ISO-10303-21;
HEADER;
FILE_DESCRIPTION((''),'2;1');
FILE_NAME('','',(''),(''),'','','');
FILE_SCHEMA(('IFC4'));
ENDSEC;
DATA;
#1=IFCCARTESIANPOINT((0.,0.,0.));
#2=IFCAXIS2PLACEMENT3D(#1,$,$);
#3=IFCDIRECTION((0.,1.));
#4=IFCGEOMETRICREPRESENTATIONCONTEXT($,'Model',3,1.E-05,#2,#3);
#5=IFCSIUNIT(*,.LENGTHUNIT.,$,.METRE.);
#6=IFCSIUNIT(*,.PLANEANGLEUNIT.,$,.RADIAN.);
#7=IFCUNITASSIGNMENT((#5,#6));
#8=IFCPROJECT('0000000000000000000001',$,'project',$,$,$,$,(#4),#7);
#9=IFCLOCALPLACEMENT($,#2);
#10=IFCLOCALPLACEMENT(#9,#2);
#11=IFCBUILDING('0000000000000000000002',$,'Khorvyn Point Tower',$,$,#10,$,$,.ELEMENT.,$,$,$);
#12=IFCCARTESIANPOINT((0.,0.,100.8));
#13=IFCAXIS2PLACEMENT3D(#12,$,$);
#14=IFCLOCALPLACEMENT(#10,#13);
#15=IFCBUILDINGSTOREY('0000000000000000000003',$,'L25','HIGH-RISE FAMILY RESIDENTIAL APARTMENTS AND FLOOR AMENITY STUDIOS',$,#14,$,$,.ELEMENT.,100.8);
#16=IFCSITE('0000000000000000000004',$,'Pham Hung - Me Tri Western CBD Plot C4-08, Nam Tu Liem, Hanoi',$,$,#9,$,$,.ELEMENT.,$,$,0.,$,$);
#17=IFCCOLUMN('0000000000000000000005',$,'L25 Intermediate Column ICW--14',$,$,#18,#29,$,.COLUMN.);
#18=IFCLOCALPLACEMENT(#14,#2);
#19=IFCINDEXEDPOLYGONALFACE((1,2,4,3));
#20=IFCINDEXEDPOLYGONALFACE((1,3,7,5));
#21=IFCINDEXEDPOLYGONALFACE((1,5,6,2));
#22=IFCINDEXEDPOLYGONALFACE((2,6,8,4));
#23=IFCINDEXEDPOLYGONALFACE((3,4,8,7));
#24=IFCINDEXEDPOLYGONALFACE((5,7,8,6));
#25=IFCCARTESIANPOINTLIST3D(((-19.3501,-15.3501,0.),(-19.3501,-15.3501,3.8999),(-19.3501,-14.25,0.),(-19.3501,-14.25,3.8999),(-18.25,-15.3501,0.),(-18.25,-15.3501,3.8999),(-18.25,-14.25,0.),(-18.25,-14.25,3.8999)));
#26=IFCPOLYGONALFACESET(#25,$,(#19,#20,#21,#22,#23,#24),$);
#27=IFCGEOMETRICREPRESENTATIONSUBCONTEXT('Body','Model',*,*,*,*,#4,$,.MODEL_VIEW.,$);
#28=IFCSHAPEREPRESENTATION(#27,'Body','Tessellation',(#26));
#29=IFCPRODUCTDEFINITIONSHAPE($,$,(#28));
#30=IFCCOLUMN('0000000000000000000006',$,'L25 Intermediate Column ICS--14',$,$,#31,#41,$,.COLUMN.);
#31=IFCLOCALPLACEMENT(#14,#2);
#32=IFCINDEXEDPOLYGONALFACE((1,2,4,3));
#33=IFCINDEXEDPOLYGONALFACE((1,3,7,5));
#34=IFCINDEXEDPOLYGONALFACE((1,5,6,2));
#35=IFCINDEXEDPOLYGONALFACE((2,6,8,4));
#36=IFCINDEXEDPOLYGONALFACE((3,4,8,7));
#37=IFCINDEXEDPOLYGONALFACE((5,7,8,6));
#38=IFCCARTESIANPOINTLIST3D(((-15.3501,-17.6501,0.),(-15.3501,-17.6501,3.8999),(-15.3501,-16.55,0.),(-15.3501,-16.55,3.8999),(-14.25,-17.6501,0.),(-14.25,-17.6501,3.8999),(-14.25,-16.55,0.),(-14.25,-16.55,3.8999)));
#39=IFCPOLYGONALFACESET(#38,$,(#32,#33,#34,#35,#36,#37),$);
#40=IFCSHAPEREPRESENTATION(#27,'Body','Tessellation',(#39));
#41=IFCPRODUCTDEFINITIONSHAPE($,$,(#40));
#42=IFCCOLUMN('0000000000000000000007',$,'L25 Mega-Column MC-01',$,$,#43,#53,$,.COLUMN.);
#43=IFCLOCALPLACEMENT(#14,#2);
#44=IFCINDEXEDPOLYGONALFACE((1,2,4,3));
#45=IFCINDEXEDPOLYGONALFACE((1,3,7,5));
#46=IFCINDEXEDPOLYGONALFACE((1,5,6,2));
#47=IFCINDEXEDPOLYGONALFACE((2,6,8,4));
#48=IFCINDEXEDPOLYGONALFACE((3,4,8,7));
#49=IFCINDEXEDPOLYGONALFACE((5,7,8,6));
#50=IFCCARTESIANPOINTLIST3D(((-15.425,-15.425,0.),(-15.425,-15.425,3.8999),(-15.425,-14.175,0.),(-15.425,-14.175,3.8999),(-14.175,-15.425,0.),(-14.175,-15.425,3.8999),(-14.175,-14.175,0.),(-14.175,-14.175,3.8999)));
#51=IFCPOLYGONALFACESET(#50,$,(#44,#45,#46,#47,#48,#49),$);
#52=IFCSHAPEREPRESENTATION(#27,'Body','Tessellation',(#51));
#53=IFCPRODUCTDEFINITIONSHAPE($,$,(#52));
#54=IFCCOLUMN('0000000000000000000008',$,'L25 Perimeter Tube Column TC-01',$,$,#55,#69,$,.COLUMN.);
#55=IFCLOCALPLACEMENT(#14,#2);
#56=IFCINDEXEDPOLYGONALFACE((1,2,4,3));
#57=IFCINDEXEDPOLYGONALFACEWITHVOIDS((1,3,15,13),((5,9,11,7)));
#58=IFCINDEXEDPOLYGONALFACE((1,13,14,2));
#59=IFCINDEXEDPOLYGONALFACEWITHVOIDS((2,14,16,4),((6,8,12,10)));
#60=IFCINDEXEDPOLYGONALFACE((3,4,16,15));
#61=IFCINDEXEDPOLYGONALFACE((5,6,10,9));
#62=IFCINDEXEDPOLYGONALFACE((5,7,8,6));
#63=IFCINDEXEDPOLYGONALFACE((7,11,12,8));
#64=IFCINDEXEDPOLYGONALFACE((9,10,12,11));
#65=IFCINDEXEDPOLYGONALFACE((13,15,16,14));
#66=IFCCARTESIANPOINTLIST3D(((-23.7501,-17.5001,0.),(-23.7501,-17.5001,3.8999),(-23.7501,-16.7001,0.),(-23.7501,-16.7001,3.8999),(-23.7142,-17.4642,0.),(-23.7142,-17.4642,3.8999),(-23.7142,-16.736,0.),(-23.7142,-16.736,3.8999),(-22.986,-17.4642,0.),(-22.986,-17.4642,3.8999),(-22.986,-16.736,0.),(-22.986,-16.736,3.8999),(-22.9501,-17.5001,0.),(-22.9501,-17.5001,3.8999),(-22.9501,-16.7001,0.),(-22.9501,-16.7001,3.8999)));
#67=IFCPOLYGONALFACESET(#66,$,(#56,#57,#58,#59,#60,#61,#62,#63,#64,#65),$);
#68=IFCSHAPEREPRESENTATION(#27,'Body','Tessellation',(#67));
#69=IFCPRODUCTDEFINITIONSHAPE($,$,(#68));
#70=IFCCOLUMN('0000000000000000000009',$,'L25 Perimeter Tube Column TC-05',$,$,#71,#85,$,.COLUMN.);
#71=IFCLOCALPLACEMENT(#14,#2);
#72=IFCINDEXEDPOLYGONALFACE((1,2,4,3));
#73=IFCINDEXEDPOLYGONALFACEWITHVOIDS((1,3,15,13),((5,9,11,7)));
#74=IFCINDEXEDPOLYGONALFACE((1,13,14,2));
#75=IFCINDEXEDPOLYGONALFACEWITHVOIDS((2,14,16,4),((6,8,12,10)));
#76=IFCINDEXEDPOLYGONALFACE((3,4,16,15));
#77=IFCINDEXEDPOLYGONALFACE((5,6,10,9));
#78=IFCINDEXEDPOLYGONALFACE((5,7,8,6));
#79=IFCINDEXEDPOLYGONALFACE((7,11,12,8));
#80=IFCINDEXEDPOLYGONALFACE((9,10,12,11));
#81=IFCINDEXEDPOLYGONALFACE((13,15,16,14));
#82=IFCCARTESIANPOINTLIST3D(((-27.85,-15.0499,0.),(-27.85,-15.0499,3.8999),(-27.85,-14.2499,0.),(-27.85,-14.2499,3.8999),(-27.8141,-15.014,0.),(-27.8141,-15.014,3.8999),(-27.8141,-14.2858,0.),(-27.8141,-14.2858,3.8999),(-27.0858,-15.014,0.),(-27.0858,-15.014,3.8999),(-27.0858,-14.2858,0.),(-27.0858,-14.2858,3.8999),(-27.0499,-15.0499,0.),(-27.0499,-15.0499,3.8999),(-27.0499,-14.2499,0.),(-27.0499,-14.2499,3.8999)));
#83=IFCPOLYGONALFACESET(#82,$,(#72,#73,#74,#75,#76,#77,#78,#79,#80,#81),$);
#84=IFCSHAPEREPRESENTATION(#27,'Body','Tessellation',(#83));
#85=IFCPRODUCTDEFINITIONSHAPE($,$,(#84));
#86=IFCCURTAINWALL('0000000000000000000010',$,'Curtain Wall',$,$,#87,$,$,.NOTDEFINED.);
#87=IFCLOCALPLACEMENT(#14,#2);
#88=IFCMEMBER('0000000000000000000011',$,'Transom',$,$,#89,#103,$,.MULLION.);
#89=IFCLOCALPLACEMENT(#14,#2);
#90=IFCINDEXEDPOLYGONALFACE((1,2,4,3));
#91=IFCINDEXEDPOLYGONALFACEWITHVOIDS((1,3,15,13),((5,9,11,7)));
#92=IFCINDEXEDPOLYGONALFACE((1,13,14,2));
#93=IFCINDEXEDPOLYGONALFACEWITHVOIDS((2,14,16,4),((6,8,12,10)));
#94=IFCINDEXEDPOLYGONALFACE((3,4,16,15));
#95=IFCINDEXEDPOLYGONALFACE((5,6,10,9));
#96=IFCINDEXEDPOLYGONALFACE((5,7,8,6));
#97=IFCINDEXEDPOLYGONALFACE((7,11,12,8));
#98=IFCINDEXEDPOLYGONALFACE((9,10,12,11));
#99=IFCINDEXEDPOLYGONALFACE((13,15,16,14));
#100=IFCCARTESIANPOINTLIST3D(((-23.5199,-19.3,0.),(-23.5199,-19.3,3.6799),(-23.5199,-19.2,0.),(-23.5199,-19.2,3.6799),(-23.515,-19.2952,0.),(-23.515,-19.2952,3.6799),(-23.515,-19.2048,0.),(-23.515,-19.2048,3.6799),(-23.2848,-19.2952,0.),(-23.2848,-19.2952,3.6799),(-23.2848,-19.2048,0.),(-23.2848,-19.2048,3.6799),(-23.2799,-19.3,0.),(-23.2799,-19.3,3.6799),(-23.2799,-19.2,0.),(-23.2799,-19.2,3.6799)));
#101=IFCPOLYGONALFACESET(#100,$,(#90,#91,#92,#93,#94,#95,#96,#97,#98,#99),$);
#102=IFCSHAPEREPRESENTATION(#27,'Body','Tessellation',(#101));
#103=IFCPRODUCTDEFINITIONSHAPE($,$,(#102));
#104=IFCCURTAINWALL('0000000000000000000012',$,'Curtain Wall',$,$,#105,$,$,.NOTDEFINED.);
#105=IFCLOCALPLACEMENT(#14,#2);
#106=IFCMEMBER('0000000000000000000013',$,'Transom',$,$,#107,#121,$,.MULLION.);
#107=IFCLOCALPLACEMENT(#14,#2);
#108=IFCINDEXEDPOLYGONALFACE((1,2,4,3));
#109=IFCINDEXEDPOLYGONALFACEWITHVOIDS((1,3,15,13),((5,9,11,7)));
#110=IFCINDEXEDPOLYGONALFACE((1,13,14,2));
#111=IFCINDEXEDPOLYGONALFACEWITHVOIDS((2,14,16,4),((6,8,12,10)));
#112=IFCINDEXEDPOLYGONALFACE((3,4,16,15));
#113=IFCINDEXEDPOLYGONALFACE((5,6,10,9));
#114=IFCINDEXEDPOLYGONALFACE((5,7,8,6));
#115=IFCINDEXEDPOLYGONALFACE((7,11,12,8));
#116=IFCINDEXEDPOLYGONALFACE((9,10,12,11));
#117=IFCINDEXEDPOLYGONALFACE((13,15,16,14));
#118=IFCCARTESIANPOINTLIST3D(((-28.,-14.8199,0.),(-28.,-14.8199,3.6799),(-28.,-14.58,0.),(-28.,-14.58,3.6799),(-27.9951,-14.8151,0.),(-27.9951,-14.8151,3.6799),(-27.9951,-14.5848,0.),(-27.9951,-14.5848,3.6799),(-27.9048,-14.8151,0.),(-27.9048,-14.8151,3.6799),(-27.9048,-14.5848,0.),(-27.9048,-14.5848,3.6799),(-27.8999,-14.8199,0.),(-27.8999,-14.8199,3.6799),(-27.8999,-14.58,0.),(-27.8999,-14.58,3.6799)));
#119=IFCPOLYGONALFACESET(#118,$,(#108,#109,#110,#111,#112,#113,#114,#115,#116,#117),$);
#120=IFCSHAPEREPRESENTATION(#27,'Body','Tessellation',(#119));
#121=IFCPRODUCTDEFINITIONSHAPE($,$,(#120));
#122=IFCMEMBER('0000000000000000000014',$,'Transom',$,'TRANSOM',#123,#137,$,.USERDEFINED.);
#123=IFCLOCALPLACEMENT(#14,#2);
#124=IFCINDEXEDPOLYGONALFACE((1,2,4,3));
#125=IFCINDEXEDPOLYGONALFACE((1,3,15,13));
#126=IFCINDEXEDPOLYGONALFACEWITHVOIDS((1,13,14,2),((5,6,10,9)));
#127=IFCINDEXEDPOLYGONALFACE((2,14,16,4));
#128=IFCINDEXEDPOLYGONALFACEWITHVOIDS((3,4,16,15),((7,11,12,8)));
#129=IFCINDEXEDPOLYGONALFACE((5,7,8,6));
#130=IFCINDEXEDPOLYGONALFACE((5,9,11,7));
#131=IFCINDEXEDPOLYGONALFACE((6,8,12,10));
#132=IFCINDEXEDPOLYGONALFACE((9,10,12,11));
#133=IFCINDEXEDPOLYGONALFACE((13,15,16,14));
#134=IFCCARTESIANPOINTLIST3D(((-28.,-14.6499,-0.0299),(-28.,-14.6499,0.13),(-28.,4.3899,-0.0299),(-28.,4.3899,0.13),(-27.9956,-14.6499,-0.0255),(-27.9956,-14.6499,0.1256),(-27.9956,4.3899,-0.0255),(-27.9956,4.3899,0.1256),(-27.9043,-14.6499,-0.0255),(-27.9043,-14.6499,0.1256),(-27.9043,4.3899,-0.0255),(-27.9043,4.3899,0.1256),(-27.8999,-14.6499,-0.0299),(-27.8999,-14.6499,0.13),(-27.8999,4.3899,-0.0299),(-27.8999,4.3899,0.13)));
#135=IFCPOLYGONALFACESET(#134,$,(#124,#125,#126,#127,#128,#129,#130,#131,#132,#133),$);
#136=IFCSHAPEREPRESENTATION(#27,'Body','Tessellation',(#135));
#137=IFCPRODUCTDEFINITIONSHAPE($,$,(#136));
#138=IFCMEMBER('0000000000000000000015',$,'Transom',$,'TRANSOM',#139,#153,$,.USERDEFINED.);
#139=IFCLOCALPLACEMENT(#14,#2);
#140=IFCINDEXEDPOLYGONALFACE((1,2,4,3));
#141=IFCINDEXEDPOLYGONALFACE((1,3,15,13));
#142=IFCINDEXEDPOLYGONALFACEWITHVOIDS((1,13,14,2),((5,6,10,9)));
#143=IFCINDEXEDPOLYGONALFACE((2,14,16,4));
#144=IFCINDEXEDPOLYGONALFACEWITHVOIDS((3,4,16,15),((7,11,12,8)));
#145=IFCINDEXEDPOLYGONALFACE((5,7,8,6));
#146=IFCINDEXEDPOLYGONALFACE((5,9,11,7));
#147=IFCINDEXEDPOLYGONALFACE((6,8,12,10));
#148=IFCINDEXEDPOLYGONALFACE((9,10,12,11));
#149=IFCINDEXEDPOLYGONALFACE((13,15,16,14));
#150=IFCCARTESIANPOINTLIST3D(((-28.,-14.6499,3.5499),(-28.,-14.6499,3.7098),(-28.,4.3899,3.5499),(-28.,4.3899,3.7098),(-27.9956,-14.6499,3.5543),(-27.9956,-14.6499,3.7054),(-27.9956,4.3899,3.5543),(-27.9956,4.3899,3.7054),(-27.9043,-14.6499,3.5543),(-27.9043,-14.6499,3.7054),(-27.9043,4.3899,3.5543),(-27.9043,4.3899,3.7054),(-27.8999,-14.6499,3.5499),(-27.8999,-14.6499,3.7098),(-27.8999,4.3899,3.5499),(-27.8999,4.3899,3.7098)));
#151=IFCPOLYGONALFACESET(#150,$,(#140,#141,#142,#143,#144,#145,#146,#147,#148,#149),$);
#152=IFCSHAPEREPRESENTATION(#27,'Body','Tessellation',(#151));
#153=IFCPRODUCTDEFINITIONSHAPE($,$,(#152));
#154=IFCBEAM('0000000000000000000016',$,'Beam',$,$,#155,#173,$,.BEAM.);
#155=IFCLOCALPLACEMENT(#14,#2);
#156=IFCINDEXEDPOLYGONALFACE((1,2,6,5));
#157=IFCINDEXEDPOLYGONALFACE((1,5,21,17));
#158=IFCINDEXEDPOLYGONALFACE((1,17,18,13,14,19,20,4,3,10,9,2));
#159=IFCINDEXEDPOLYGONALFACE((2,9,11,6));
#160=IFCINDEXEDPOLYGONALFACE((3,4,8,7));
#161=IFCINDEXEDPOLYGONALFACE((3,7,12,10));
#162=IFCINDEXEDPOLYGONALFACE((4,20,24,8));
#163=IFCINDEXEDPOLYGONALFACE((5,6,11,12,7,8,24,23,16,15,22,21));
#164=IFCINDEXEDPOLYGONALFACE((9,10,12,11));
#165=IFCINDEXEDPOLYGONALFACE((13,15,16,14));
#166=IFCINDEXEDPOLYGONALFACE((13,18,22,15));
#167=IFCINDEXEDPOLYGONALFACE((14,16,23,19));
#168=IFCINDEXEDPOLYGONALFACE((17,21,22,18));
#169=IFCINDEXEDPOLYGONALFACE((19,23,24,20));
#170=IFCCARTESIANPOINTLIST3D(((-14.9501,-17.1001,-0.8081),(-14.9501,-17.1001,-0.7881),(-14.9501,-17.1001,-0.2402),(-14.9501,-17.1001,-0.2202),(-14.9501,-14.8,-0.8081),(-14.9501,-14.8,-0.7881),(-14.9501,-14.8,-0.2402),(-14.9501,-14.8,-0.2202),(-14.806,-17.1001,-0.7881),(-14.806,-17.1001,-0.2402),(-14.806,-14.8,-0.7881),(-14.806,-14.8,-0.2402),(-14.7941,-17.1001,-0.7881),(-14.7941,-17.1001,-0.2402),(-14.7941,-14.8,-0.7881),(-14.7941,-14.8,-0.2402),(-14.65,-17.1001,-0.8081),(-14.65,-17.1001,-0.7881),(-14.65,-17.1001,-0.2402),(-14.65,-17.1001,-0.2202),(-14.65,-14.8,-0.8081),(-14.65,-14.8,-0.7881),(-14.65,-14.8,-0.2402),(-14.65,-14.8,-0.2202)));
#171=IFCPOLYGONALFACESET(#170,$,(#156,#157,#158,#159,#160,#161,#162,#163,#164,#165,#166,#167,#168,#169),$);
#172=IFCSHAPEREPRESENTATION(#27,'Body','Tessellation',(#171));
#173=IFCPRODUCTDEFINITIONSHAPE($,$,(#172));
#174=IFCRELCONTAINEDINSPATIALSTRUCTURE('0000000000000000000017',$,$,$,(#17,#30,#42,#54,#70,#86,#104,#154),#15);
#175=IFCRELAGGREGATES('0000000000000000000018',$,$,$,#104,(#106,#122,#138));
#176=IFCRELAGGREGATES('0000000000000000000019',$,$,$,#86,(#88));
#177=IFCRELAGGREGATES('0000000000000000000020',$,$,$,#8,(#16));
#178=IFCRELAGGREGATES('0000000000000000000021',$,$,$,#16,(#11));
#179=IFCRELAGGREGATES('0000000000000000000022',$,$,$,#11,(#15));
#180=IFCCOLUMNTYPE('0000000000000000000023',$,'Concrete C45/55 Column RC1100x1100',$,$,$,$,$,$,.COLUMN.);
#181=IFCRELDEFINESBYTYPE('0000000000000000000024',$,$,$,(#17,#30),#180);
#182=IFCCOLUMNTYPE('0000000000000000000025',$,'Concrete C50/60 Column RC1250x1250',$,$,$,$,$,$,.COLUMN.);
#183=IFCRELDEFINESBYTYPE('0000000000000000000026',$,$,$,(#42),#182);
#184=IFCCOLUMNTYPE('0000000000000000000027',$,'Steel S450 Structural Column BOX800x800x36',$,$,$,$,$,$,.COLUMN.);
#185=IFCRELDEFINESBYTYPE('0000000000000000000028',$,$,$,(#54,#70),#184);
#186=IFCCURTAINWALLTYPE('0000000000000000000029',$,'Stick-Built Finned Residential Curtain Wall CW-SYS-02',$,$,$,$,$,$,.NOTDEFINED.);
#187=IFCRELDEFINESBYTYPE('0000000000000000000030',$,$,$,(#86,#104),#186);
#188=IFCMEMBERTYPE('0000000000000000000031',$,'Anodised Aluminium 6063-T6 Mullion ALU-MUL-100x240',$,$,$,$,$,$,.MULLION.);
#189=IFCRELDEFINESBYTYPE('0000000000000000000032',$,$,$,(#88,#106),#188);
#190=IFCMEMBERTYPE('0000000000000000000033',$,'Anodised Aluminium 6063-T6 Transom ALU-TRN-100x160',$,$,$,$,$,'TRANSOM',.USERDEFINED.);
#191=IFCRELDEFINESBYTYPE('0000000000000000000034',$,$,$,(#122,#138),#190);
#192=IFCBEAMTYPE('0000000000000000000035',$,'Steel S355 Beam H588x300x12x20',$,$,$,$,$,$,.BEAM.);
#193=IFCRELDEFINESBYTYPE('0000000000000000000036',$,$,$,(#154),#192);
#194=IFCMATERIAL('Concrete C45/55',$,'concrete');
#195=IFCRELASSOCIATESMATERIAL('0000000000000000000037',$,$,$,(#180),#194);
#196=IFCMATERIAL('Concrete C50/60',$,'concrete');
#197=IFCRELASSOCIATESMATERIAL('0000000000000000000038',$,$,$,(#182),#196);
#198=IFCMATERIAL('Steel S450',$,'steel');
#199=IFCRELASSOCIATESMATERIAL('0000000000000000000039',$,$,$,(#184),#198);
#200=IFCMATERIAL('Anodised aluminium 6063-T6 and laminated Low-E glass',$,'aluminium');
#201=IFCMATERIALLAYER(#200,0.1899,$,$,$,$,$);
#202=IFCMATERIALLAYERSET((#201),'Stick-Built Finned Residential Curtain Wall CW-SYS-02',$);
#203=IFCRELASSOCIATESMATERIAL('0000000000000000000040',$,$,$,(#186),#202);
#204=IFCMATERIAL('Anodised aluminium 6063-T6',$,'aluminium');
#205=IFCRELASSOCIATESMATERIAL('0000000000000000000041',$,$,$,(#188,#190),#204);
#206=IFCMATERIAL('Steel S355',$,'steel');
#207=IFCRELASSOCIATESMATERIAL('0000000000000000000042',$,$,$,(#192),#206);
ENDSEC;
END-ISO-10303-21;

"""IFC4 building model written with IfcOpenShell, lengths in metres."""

from ifc_helpers import new_model, si_unit, direction, frame, origin, origin_2d, place, context, subcontext, project, spatial, rectangle, hollow_rectangle, i_section, extrude, material, layer, layer_set, material_profile, profile_set, type_object, element, aggregate, save


model = new_model("IFC4")

# Units and contexts
model_context = context("Model", 3, precision=1e-05, world=origin(), true_north=direction((0.0, 1.0)))
body_context = subcontext(model_context, "Body", "Model", "MODEL_VIEW")
ifc_project = project(units=[si_unit("LENGTHUNIT", "METRE"), si_unit("PLANEANGLEUNIT", "RADIAN")], contexts=[model_context])

# Site, building, storey
site_placement = place(None, origin())
site = spatial("IfcSite", under=ifc_project, at=site_placement, Name="Pham Hung - Me Tri Western CBD Plot C4-08, Nam Tu Liem, Hanoi", CompositionType="ELEMENT", RefElevation=0.0)
building_placement = place(site_placement, origin())
building = spatial("IfcBuilding", under=site, at=building_placement, Name="Khorvyn Point Tower", CompositionType="ELEMENT")
storey_placement = place(building_placement, frame((0.0, 0.0, 100.8)))
storey = spatial("IfcBuildingStorey", under=building, at=storey_placement, Name="L25", Description="HIGH-RISE FAMILY RESIDENTIAL APARTMENTS AND FLOOR AMENITY STUDIOS", CompositionType="ELEMENT", Elevation=100.8)

# Columns
ifc_material_1 = material(Name="Concrete C45/55", Category="concrete")
ifc_material_profile_1 = material_profile(ifc_material_1, rectangle(XDim=1.1001, YDim=1.1001, at=origin_2d()))
ifc_profile_set_1 = profile_set([ifc_material_profile_1], Name="Concrete C45/55 RC1100x1100")
column_type_1 = type_object("IfcColumnType", Name="Concrete C45/55 Column RC1100x1100", PredefinedType="COLUMN", material=ifc_profile_set_1)
for number, where, z_axis, x_axis, name in (
    (1, (-18.8, -14.8, 0.0), (0.0, 0.0, 1.0), (1.0, 0.0, 0.0), "L25 Intermediate Column ICW--14"),
    (2, (-14.8, -17.1001, 0.0), (0.0, 0.0, 1.0), (1.0, 0.0, 0.0), "L25 Intermediate Column ICS--14"),
):
    element("IfcColumn", number, at=place(storey_placement, frame(where, z_axis=z_axis, x_axis=x_axis)), inside=storey, type_object=column_type_1, Name=name, PredefinedType="COLUMN", context=body_context, shape_type="SweptSolid", body=[
        extrude(rectangle(XDim=1.1001, YDim=1.1001, at=origin_2d()), origin(), (0.0, 0.0, 1.0), 3.8999),
    ])
ifc_material_2 = material(Name="Concrete C50/60", Category="concrete")
ifc_material_profile_2 = material_profile(ifc_material_2, rectangle(XDim=1.25, YDim=1.25, at=origin_2d()))
ifc_profile_set_2 = profile_set([ifc_material_profile_2], Name="Concrete C50/60 RC1250x1250")
column_type_2 = type_object("IfcColumnType", Name="Concrete C50/60 Column RC1250x1250", PredefinedType="COLUMN", material=ifc_profile_set_2)
column_placement = place(storey_placement, frame((-14.8, -14.8, 0.0), z_axis=(0.0, 0.0, 1.0), x_axis=(1.0, 0.0, 0.0)))
element("IfcColumn", 3, at=column_placement, inside=storey, type_object=column_type_2, Name="L25 Mega-Column MC-01", PredefinedType="COLUMN", context=body_context, shape_type="SweptSolid", body=[
    extrude(rectangle(XDim=1.25, YDim=1.25, at=origin_2d()), origin(), (0.0, 0.0, 1.0), 3.8999),
])
ifc_material_3 = material(Name="Steel S450", Category="steel")
ifc_material_profile_3 = material_profile(ifc_material_3, hollow_rectangle(XDim=0.8, YDim=0.8, WallThickness=0.0359, at=origin_2d()))
ifc_profile_set_3 = profile_set([ifc_material_profile_3], Name="Steel S450 BOX800x800x36")
column_type_3 = type_object("IfcColumnType", Name="Steel S450 Structural Column BOX800x800x36", PredefinedType="COLUMN", material=ifc_profile_set_3)
for number, where, z_axis, x_axis, name in (
    (4, (-23.3501, -17.1001, 0.0), (0.0, 0.0, 1.0), (1.0, 0.0, 0.0), "L25 Perimeter Tube Column TC-01"),
    (5, (-27.45, -14.6499, 0.0), (0.0, 0.0, 1.0), (1.0, 0.0, 0.0), "L25 Perimeter Tube Column TC-05"),
):
    element("IfcColumn", number, at=place(storey_placement, frame(where, z_axis=z_axis, x_axis=x_axis)), inside=storey, type_object=column_type_3, Name=name, PredefinedType="COLUMN", context=body_context, shape_type="SweptSolid", body=[
        extrude(hollow_rectangle(XDim=0.8, YDim=0.8, WallThickness=0.0359, at=origin_2d()), origin(), (0.0, 0.0, 1.0), 3.8999),
    ])

# Curtain wall, member
ifc_material_4 = material(Name="Anodised aluminium 6063-T6 and laminated Low-E glass", Category="aluminium")
ifc_layer_1 = layer(ifc_material_4, 0.1899)
ifc_layer_set_1 = layer_set([ifc_layer_1], Name="Stick-Built Finned Residential Curtain Wall CW-SYS-02")
curtain_wall_type = type_object("IfcCurtainWallType", Name="Stick-Built Finned Residential Curtain Wall CW-SYS-02", PredefinedType="NOTDEFINED", material=ifc_layer_set_1)
curtain_wall_1_placement = place(storey_placement, origin())
curtain_wall_1 = element("IfcCurtainWall", 6, at=curtain_wall_1_placement, inside=storey, type_object=curtain_wall_type, Name="Curtain Wall", PredefinedType="NOTDEFINED")
ifc_material_5 = material(Name="Anodised aluminium 6063-T6", Category="aluminium")
ifc_material_profile_4 = material_profile(ifc_material_5, hollow_rectangle(XDim=0.1001, YDim=0.24, WallThickness=0.0049, at=origin_2d()))
ifc_profile_set_4 = profile_set([ifc_material_profile_4], Name="Anodised aluminium 6063-T6 ALU-MUL-100x240")
member_type_1 = type_object("IfcMemberType", Name="Anodised Aluminium 6063-T6 Mullion ALU-MUL-100x240", PredefinedType="MULLION", material=ifc_profile_set_4)
member_1_placement = place(storey_placement, frame((-23.3999, -19.25, 0.0), z_axis=(0.0, 0.0, 1.0), x_axis=(0.0, -1.0, 0.0)))
member_1 = element("IfcMember", 7, at=member_1_placement, type_object=member_type_1, Name="Transom", PredefinedType="MULLION", context=body_context, shape_type="SweptSolid", body=[
    extrude(hollow_rectangle(XDim=0.1001, YDim=0.24, WallThickness=0.0049, at=origin_2d()), origin(), (0.0, 0.0, 1.0), 3.6799),
])

# Curtain wall, members
curtain_wall_2_placement = place(storey_placement, origin())
curtain_wall_2 = element("IfcCurtainWall", 8, at=curtain_wall_2_placement, inside=storey, type_object=curtain_wall_type, Name="Curtain Wall", PredefinedType="NOTDEFINED")
member_2_placement = place(storey_placement, frame((-27.95, -14.7, 0.0), z_axis=(0.0, 0.0, 1.0), x_axis=(-1.0, 0.0, 0.0)))
member_2 = element("IfcMember", 9, at=member_2_placement, type_object=member_type_1, Name="Transom", PredefinedType="MULLION", context=body_context, shape_type="SweptSolid", body=[
    extrude(hollow_rectangle(XDim=0.1001, YDim=0.24, WallThickness=0.0049, at=origin_2d()), origin(), (0.0, 0.0, 1.0), 3.6799),
])
ifc_material_profile_5 = material_profile(ifc_material_5, hollow_rectangle(XDim=0.1001, YDim=0.1599, WallThickness=0.0044, at=origin_2d()))
ifc_profile_set_5 = profile_set([ifc_material_profile_5], Name="Anodised aluminium 6063-T6 ALU-TRN-100x160")
member_type_2 = type_object("IfcMemberType", Name="Anodised Aluminium 6063-T6 Transom ALU-TRN-100x160", ElementType="TRANSOM", PredefinedType="USERDEFINED", material=ifc_profile_set_5)
member_3_placement = place(storey_placement, frame((-27.95, -14.6499, 0.05), z_axis=(0.0, 1.0, 0.0), x_axis=(-1.0, 0.0, 0.0)))
member_3 = element("IfcMember", 10, at=member_3_placement, type_object=member_type_2, Name="Transom", ObjectType="TRANSOM", PredefinedType="USERDEFINED", context=body_context, shape_type="SweptSolid", body=[
    extrude(hollow_rectangle(XDim=0.1001, YDim=0.1599, WallThickness=0.0044, at=origin_2d()), origin(), (0.0, 0.0, 1.0), 19.0398),
])
member_4_placement = place(storey_placement, frame((-27.95, -14.6499, 3.6299), z_axis=(0.0, 1.0, 0.0), x_axis=(-1.0, 0.0, 0.0)))
member_4 = element("IfcMember", 11, at=member_4_placement, type_object=member_type_2, Name="Transom", ObjectType="TRANSOM", PredefinedType="USERDEFINED", context=body_context, shape_type="SweptSolid", body=[
    extrude(hollow_rectangle(XDim=0.1001, YDim=0.1599, WallThickness=0.0044, at=origin_2d()), origin(), (0.0, 0.0, 1.0), 19.0398),
])
aggregate(curtain_wall_2, [member_2, member_3, member_4])

# Beam
ifc_material_6 = material(Name="Steel S355", Category="steel")
ifc_material_profile_6 = material_profile(ifc_material_6, i_section(OverallWidth=0.3, OverallDepth=0.5879, WebThickness=0.012, FlangeThickness=0.02, at=origin_2d()))
ifc_profile_set_6 = profile_set([ifc_material_profile_6], Name="Steel S355 H588x300x12x20")
beam_type_1 = type_object("IfcBeamType", Name="Steel S355 Beam H588x300x12x20", PredefinedType="BEAM", material=ifc_profile_set_6)
beam_1_placement = place(storey_placement, frame((-14.8, -17.1001, -0.5142), z_axis=(0.0, 1.0, 0.0), x_axis=(-1.0, 0.0, 0.0)))
element("IfcBeam", 12, at=beam_1_placement, inside=storey, type_object=beam_type_1, Name="Beam", PredefinedType="BEAM", context=body_context, shape_type="SweptSolid", body=[
    extrude(i_section(OverallWidth=0.3, OverallDepth=0.5879, WebThickness=0.012, FlangeThickness=0.02, at=origin_2d()), origin(), (0.0, 0.0, 1.0), 2.3),
])

aggregate(curtain_wall_1, [member_1])

save(model, "model.ifc")
